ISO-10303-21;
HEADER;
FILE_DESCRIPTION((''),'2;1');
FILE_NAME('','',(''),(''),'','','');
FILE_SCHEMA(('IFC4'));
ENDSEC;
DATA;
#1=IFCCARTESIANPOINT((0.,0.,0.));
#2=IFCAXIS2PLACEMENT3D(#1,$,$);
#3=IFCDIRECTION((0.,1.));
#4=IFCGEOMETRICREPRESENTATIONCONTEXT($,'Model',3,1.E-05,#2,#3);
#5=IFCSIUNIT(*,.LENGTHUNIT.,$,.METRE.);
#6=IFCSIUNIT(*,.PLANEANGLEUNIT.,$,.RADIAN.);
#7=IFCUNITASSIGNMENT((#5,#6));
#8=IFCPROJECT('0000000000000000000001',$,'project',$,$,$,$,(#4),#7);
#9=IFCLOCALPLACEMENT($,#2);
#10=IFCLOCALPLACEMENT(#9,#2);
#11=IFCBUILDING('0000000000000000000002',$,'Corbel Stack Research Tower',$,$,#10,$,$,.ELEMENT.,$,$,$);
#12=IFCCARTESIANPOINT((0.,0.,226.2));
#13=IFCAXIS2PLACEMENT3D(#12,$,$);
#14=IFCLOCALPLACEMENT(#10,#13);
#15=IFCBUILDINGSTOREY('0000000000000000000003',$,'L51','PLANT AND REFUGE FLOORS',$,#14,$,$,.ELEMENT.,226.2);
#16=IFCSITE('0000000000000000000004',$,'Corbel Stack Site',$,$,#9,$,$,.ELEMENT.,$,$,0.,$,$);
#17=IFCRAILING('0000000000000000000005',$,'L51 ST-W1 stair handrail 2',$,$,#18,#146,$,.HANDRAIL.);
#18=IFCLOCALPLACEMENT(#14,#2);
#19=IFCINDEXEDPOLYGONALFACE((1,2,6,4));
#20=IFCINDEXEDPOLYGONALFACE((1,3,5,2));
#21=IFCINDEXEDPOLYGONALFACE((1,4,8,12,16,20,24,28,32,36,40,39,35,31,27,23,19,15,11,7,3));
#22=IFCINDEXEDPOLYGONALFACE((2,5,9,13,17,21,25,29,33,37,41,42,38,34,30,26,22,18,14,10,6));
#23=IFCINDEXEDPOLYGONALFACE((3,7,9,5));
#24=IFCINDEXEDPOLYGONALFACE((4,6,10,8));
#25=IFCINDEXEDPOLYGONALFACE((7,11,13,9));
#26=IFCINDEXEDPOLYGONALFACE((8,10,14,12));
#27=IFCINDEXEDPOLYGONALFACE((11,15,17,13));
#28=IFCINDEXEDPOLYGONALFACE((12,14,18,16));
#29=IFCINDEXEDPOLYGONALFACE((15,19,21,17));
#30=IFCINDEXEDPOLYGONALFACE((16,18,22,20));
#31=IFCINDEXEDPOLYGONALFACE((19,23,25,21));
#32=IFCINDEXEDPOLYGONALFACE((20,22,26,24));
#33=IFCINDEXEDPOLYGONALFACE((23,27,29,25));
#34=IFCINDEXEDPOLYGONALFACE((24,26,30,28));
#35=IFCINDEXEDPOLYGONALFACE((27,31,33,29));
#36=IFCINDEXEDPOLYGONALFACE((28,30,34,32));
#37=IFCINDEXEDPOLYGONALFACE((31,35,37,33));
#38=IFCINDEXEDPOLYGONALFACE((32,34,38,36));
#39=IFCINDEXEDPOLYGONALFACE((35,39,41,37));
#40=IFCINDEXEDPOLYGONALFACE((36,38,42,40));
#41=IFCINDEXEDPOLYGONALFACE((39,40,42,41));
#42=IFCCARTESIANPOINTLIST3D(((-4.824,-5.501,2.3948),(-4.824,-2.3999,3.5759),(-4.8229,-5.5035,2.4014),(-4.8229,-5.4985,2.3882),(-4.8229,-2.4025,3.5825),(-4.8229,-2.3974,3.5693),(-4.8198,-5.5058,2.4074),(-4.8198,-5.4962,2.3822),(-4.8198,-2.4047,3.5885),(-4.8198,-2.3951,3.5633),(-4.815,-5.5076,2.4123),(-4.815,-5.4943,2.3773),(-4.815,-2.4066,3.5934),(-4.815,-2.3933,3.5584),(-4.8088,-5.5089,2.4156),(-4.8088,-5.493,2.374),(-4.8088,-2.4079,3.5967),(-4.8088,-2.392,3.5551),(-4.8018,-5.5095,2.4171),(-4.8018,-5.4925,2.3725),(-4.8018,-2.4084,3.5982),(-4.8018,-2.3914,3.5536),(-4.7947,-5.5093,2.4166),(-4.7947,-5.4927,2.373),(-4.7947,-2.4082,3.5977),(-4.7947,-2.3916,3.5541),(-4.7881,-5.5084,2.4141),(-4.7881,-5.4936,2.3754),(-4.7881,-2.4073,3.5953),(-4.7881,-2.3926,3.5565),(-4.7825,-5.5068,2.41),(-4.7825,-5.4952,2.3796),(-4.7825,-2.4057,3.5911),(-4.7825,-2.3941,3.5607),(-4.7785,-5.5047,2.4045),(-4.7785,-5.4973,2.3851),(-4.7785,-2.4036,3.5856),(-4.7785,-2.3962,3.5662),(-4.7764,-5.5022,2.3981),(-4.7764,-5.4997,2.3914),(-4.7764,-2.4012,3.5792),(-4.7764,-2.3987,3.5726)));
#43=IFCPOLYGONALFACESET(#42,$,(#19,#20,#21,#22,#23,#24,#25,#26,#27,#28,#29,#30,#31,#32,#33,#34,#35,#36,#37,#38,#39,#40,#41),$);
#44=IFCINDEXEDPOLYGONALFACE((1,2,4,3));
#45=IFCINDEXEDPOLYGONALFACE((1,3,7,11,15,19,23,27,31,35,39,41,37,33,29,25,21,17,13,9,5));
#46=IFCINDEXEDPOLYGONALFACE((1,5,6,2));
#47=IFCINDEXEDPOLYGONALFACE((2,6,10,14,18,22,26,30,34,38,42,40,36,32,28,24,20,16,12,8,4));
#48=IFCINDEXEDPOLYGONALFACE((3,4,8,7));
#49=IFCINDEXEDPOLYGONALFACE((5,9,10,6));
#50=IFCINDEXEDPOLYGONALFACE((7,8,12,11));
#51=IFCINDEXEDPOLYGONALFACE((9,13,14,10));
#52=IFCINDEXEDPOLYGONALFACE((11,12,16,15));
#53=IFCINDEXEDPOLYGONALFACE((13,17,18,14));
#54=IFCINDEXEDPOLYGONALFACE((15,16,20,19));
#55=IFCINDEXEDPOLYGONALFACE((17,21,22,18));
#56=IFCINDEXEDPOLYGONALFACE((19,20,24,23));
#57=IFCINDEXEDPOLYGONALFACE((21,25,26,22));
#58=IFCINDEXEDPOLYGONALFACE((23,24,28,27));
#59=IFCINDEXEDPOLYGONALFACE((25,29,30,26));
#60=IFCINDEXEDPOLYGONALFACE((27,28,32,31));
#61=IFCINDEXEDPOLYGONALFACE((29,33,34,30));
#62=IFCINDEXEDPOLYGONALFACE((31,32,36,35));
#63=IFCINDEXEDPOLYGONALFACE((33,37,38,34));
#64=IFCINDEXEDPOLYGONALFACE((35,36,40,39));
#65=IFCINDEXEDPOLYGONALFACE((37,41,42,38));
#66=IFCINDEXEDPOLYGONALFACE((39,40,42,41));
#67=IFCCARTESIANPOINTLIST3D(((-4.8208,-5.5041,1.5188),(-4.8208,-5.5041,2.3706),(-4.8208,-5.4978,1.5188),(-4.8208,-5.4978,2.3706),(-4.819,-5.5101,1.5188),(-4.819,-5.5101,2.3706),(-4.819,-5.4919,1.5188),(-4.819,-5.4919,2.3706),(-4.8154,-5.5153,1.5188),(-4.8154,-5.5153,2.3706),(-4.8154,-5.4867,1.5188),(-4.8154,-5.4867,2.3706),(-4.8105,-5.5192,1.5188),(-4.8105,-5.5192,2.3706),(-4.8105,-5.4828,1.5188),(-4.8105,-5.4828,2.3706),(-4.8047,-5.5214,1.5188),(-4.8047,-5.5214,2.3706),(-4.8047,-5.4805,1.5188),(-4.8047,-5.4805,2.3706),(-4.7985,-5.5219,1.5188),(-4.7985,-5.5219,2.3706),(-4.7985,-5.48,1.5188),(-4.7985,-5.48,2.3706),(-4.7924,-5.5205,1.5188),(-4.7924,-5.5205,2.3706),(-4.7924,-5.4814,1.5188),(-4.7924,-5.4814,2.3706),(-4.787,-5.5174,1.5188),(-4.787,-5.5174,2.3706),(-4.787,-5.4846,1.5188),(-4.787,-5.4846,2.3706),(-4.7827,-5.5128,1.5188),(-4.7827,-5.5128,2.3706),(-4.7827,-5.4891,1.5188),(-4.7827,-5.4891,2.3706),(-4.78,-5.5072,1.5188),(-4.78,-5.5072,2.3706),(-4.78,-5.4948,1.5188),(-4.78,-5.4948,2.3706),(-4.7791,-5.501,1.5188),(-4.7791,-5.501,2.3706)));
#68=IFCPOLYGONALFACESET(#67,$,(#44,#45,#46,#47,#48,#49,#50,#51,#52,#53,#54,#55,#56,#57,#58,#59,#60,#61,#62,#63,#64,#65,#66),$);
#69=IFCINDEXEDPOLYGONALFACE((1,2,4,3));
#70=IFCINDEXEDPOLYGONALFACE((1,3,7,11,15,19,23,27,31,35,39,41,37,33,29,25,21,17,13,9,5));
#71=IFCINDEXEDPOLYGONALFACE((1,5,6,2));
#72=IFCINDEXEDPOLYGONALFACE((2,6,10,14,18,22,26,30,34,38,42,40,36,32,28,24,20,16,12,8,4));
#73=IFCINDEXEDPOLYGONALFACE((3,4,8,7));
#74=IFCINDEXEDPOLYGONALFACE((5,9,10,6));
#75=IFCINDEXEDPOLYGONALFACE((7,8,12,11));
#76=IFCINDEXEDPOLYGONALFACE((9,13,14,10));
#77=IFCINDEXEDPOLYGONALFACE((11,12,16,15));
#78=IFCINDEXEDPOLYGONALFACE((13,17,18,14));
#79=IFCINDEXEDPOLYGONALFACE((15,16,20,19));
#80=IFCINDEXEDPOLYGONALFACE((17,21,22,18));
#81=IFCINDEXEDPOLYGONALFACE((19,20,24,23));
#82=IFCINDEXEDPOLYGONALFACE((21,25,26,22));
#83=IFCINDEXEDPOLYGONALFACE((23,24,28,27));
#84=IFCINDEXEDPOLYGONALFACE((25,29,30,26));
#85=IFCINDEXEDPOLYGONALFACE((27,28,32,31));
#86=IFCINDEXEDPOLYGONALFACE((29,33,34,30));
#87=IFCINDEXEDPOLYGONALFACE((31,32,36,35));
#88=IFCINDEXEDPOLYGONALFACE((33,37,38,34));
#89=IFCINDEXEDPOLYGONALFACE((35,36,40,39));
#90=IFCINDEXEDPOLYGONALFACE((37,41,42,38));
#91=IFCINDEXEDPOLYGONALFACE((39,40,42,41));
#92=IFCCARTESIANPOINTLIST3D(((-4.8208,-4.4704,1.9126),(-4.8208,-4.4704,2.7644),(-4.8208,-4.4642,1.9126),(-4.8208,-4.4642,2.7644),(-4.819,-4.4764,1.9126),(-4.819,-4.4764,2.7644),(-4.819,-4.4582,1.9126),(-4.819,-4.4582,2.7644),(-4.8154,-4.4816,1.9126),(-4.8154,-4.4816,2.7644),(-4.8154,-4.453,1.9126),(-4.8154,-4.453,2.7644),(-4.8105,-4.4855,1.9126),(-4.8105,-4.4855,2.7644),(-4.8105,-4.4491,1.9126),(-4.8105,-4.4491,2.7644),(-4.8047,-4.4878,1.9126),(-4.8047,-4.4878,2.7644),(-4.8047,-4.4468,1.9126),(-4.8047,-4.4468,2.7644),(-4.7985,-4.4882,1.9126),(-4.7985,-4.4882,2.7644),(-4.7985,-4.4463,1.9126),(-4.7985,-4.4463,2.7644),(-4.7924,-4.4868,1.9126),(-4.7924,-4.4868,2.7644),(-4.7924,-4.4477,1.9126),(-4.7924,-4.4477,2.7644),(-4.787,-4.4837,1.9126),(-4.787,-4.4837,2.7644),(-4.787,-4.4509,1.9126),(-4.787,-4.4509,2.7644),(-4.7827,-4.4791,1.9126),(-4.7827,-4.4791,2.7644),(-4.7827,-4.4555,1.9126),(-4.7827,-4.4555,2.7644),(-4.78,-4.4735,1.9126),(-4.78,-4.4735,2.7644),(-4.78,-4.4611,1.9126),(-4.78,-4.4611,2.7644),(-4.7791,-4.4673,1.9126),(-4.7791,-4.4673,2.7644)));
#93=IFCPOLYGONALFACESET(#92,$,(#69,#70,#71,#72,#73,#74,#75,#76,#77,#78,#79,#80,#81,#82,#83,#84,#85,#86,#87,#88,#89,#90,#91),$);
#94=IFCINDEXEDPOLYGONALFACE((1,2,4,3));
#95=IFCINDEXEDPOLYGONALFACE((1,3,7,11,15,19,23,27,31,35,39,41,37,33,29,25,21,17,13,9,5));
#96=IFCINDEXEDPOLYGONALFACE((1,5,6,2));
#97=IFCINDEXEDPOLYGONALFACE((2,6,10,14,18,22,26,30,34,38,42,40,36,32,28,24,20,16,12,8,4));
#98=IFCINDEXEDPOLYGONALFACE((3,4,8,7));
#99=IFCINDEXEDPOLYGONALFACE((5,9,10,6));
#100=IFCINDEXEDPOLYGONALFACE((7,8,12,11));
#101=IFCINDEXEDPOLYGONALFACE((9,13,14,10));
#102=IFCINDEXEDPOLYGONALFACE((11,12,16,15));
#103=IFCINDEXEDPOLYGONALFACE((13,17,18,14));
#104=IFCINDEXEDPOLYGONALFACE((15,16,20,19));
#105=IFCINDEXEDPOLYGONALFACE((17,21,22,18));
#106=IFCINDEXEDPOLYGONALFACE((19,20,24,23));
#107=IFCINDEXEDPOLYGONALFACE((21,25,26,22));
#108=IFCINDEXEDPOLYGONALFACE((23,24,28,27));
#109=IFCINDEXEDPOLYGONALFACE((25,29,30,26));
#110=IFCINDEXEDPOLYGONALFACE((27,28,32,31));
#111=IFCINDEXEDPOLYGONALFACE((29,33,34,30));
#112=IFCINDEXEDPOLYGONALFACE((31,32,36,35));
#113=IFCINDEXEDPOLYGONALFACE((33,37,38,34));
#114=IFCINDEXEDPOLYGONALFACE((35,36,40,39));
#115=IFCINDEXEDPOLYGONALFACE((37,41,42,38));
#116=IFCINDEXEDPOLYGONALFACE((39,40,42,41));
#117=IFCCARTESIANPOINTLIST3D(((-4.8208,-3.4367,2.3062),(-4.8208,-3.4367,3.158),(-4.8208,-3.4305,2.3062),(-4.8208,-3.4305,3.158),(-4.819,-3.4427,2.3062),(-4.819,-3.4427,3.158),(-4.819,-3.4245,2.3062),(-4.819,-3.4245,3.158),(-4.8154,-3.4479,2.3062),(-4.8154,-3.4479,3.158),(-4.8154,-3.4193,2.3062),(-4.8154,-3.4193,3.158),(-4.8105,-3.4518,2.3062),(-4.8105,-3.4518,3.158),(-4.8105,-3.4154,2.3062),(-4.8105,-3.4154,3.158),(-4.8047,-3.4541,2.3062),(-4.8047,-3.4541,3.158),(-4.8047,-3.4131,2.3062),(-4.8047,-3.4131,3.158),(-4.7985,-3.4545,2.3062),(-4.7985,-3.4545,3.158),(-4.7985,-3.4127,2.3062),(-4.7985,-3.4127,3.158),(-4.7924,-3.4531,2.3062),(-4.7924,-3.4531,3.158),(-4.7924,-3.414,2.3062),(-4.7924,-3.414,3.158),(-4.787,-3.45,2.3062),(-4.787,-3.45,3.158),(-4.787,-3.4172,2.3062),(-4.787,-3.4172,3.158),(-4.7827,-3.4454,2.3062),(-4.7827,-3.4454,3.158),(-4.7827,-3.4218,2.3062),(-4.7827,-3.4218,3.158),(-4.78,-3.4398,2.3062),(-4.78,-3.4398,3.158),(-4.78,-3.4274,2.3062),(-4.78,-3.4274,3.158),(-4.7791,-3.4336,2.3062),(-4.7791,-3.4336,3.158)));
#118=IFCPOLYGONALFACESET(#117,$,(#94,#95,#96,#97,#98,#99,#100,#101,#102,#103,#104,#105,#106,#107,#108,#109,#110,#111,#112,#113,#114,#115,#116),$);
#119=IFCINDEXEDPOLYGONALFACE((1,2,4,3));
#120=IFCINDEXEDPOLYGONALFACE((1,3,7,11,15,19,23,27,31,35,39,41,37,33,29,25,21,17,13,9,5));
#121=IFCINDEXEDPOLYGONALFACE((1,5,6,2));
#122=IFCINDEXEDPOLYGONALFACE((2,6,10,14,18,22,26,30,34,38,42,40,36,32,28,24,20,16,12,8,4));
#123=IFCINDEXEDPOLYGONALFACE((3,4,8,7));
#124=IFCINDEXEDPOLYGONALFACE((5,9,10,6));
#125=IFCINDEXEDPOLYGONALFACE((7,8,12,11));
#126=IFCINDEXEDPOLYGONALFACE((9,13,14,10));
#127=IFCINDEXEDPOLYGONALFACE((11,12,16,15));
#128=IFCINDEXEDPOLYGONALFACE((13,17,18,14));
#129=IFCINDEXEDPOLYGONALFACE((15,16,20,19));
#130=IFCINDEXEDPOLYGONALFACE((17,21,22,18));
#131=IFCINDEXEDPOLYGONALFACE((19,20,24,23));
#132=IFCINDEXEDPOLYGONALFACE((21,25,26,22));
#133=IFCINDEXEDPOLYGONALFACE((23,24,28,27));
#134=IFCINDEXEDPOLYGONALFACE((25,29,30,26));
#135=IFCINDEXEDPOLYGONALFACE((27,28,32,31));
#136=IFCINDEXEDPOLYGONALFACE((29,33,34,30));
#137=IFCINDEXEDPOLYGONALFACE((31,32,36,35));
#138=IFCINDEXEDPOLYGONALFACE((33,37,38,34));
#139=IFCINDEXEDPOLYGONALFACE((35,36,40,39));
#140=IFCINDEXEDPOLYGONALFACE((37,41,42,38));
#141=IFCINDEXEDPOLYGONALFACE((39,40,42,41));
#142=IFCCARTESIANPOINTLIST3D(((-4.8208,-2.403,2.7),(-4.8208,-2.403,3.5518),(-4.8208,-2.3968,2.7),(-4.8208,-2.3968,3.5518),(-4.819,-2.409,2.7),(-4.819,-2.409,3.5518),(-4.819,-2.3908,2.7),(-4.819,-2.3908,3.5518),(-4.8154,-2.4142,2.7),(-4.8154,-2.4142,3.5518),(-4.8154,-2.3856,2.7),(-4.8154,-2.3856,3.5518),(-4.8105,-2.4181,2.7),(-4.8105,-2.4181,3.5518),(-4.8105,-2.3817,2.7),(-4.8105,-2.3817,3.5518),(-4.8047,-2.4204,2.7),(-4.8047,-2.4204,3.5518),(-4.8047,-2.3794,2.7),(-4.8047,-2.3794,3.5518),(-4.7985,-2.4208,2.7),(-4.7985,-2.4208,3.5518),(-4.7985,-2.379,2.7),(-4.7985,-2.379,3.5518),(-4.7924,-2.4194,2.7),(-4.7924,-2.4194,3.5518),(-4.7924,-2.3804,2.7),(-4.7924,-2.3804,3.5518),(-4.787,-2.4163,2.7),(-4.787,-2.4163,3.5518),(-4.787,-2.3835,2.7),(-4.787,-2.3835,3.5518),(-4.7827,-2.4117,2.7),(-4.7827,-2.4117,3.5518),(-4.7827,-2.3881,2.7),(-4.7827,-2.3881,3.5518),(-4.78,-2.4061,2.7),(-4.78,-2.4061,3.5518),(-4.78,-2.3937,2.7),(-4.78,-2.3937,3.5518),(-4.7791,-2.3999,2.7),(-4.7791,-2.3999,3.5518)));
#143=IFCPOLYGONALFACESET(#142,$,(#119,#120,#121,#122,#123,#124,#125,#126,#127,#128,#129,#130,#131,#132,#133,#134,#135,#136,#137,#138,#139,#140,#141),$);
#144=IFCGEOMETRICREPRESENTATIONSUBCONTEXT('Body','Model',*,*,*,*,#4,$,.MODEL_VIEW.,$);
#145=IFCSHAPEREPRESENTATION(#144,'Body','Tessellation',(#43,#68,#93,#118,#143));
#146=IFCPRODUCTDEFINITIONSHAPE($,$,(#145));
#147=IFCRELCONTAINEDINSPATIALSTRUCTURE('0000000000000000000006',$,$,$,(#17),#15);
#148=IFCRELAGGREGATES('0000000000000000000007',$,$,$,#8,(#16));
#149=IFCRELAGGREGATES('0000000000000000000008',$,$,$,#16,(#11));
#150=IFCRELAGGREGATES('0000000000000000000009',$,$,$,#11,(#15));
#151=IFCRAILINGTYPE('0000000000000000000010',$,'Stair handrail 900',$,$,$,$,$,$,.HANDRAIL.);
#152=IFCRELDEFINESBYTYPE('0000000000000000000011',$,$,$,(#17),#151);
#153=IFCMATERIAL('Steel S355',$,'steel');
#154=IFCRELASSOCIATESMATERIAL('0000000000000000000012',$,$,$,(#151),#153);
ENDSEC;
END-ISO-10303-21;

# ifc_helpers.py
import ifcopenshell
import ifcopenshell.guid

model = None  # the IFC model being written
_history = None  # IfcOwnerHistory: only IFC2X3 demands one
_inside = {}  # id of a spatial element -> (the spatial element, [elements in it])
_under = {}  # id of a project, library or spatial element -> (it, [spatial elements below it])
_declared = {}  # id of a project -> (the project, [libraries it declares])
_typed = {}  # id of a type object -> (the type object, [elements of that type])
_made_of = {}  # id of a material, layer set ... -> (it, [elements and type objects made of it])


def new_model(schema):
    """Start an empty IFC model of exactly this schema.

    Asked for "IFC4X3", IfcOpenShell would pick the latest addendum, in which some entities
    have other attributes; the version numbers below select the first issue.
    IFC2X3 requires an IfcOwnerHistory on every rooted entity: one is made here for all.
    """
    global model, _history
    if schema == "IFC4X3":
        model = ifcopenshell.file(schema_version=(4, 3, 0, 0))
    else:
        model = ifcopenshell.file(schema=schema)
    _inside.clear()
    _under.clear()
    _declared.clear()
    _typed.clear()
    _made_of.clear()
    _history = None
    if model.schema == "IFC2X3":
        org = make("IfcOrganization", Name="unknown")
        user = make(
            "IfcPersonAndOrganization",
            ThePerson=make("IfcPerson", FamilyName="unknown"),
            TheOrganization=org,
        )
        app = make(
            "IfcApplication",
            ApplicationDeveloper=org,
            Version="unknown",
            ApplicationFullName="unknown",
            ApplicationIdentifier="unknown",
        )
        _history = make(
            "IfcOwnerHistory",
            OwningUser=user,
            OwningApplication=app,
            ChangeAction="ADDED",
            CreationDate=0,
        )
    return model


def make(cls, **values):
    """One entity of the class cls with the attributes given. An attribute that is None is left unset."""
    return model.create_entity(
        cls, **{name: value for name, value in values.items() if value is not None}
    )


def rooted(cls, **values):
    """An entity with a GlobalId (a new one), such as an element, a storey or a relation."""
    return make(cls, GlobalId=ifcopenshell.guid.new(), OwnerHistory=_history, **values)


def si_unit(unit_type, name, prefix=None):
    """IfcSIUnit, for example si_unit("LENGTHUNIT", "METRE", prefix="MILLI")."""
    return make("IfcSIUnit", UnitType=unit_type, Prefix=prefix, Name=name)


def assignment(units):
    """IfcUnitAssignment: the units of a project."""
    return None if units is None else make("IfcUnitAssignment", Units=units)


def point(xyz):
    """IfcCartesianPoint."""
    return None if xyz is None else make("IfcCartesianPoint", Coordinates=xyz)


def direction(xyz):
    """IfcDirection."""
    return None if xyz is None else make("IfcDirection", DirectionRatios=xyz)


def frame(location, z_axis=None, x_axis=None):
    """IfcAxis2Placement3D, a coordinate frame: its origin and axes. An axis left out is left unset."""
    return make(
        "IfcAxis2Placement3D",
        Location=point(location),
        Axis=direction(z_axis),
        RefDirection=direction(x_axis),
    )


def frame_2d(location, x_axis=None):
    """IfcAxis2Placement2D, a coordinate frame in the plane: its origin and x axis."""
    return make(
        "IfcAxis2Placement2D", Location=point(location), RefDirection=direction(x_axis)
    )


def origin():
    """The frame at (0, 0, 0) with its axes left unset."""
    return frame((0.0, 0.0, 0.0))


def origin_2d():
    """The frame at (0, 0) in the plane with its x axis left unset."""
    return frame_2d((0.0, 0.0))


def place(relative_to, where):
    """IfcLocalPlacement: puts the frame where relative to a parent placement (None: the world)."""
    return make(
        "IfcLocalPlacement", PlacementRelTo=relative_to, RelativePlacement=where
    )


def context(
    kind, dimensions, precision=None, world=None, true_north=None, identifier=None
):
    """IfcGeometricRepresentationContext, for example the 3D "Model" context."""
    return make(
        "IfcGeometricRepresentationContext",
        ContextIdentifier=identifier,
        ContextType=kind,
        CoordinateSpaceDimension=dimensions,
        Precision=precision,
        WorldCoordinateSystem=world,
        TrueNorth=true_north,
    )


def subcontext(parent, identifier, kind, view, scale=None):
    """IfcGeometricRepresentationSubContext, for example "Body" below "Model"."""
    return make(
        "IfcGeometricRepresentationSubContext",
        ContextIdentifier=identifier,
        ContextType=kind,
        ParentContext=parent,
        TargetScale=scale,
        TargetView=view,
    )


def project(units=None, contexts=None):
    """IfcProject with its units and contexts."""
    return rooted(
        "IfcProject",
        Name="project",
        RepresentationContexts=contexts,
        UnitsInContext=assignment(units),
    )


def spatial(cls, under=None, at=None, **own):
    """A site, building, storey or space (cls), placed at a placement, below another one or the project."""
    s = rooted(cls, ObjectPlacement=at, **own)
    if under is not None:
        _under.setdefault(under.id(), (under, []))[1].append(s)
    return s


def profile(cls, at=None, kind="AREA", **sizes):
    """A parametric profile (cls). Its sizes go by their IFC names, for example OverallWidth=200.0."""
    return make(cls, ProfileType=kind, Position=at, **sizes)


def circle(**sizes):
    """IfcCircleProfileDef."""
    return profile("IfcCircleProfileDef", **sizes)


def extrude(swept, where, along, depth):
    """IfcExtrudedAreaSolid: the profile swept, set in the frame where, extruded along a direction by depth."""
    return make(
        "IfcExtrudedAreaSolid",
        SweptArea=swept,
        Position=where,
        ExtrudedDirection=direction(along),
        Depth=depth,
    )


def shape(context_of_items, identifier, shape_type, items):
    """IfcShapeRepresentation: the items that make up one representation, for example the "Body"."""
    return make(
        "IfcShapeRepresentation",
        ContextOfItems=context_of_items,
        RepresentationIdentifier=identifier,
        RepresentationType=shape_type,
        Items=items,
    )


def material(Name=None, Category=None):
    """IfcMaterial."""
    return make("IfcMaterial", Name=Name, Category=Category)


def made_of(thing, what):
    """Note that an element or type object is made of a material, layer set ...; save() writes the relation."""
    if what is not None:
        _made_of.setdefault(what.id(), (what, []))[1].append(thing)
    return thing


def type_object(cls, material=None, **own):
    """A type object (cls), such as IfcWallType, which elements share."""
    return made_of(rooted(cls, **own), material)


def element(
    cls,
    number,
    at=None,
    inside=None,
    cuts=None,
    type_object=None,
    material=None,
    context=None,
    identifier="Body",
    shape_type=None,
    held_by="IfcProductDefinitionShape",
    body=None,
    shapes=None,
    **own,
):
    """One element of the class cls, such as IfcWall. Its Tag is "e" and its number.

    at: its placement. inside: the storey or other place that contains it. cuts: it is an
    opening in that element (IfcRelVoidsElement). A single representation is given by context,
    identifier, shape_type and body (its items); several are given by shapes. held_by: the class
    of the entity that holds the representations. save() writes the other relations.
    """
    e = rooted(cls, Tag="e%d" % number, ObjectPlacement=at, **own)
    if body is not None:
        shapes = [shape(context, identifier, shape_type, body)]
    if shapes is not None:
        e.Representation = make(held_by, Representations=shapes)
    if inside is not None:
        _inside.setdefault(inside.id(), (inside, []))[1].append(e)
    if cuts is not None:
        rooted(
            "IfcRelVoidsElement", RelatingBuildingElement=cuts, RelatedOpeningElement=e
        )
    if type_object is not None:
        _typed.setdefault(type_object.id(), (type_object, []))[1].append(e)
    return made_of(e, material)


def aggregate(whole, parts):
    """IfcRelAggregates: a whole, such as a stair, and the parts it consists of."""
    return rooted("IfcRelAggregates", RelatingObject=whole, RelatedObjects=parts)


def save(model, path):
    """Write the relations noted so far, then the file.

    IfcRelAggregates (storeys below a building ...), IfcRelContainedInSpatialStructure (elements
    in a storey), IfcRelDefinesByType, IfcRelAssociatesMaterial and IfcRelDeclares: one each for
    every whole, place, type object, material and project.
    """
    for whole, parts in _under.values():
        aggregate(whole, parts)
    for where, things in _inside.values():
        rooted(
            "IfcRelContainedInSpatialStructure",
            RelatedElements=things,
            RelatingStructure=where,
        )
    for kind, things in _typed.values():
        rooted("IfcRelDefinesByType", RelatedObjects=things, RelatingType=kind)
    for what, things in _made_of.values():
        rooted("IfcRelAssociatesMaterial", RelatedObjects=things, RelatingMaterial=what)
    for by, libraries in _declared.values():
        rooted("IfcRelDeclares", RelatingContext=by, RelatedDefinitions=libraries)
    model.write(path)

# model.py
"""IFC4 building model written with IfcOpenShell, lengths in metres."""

from ifc_helpers import new_model, si_unit, direction, frame, origin, origin_2d, place, context, subcontext, project, spatial, circle, extrude, material, type_object, element, save


model = new_model("IFC4")

# Units and contexts
model_context = context("Model", 3, precision=1e-05, world=origin(), true_north=direction((0.0, 1.0)))
body_context = subcontext(model_context, "Body", "Model", "MODEL_VIEW")
ifc_project = project(units=[si_unit("LENGTHUNIT", "METRE"), si_unit("PLANEANGLEUNIT", "RADIAN")], contexts=[model_context])

# Site, building, storey
site_placement = place(None, origin())
site = spatial("IfcSite", under=ifc_project, at=site_placement, Name="Corbel Stack Site", CompositionType="ELEMENT", RefElevation=0.0)
building_placement = place(site_placement, origin())
building = spatial("IfcBuilding", under=site, at=building_placement, Name="Corbel Stack Research Tower", CompositionType="ELEMENT")
storey_placement = place(building_placement, frame((0.0, 0.0, 226.2)))
storey = spatial("IfcBuildingStorey", under=building, at=storey_placement, Name="L51", Description="PLANT AND REFUGE FLOORS", CompositionType="ELEMENT", Elevation=226.2)

# Railing
ifc_material_1 = material(Name="Steel S355", Category="steel")
railing_type = type_object("IfcRailingType", Name="Stair handrail 900", PredefinedType="HANDRAIL", material=ifc_material_1)
railing_1_placement = place(storey_placement, frame((-4.8, -5.501, 1.5188)))
element("IfcRailing", 1, at=railing_1_placement, inside=storey, type_object=railing_type, Name="L51 ST-W1 stair handrail 2", PredefinedType="HANDRAIL", context=body_context, shape_type="SweptSolid", body=[
    extrude(circle(Radius=0.0239, at=origin_2d()), frame((0.0, 0.0, 0.876), z_axis=(0.0, 0.934509, 0.35594), x_axis=(-1.0, 0.0, 0.0)), (0.0, 0.0, 1.0), 3.3184),
    extrude(circle(Radius=0.021, at=origin_2d()), origin(), (0.0, 0.0, 1.0), 0.8518),
    extrude(circle(Radius=0.021, at=origin_2d()), frame((0.0, 1.0337, 0.3938)), (0.0, 0.0, 1.0), 0.8518),
    extrude(circle(Radius=0.021, at=origin_2d()), frame((0.0, 2.0674, 0.7874)), (0.0, 0.0, 1.0), 0.8518),
    extrude(circle(Radius=0.021, at=origin_2d()), frame((0.0, 3.1011, 1.1812)), (0.0, 0.0, 1.0), 0.8518),
])

save(model, "model.ifc")
